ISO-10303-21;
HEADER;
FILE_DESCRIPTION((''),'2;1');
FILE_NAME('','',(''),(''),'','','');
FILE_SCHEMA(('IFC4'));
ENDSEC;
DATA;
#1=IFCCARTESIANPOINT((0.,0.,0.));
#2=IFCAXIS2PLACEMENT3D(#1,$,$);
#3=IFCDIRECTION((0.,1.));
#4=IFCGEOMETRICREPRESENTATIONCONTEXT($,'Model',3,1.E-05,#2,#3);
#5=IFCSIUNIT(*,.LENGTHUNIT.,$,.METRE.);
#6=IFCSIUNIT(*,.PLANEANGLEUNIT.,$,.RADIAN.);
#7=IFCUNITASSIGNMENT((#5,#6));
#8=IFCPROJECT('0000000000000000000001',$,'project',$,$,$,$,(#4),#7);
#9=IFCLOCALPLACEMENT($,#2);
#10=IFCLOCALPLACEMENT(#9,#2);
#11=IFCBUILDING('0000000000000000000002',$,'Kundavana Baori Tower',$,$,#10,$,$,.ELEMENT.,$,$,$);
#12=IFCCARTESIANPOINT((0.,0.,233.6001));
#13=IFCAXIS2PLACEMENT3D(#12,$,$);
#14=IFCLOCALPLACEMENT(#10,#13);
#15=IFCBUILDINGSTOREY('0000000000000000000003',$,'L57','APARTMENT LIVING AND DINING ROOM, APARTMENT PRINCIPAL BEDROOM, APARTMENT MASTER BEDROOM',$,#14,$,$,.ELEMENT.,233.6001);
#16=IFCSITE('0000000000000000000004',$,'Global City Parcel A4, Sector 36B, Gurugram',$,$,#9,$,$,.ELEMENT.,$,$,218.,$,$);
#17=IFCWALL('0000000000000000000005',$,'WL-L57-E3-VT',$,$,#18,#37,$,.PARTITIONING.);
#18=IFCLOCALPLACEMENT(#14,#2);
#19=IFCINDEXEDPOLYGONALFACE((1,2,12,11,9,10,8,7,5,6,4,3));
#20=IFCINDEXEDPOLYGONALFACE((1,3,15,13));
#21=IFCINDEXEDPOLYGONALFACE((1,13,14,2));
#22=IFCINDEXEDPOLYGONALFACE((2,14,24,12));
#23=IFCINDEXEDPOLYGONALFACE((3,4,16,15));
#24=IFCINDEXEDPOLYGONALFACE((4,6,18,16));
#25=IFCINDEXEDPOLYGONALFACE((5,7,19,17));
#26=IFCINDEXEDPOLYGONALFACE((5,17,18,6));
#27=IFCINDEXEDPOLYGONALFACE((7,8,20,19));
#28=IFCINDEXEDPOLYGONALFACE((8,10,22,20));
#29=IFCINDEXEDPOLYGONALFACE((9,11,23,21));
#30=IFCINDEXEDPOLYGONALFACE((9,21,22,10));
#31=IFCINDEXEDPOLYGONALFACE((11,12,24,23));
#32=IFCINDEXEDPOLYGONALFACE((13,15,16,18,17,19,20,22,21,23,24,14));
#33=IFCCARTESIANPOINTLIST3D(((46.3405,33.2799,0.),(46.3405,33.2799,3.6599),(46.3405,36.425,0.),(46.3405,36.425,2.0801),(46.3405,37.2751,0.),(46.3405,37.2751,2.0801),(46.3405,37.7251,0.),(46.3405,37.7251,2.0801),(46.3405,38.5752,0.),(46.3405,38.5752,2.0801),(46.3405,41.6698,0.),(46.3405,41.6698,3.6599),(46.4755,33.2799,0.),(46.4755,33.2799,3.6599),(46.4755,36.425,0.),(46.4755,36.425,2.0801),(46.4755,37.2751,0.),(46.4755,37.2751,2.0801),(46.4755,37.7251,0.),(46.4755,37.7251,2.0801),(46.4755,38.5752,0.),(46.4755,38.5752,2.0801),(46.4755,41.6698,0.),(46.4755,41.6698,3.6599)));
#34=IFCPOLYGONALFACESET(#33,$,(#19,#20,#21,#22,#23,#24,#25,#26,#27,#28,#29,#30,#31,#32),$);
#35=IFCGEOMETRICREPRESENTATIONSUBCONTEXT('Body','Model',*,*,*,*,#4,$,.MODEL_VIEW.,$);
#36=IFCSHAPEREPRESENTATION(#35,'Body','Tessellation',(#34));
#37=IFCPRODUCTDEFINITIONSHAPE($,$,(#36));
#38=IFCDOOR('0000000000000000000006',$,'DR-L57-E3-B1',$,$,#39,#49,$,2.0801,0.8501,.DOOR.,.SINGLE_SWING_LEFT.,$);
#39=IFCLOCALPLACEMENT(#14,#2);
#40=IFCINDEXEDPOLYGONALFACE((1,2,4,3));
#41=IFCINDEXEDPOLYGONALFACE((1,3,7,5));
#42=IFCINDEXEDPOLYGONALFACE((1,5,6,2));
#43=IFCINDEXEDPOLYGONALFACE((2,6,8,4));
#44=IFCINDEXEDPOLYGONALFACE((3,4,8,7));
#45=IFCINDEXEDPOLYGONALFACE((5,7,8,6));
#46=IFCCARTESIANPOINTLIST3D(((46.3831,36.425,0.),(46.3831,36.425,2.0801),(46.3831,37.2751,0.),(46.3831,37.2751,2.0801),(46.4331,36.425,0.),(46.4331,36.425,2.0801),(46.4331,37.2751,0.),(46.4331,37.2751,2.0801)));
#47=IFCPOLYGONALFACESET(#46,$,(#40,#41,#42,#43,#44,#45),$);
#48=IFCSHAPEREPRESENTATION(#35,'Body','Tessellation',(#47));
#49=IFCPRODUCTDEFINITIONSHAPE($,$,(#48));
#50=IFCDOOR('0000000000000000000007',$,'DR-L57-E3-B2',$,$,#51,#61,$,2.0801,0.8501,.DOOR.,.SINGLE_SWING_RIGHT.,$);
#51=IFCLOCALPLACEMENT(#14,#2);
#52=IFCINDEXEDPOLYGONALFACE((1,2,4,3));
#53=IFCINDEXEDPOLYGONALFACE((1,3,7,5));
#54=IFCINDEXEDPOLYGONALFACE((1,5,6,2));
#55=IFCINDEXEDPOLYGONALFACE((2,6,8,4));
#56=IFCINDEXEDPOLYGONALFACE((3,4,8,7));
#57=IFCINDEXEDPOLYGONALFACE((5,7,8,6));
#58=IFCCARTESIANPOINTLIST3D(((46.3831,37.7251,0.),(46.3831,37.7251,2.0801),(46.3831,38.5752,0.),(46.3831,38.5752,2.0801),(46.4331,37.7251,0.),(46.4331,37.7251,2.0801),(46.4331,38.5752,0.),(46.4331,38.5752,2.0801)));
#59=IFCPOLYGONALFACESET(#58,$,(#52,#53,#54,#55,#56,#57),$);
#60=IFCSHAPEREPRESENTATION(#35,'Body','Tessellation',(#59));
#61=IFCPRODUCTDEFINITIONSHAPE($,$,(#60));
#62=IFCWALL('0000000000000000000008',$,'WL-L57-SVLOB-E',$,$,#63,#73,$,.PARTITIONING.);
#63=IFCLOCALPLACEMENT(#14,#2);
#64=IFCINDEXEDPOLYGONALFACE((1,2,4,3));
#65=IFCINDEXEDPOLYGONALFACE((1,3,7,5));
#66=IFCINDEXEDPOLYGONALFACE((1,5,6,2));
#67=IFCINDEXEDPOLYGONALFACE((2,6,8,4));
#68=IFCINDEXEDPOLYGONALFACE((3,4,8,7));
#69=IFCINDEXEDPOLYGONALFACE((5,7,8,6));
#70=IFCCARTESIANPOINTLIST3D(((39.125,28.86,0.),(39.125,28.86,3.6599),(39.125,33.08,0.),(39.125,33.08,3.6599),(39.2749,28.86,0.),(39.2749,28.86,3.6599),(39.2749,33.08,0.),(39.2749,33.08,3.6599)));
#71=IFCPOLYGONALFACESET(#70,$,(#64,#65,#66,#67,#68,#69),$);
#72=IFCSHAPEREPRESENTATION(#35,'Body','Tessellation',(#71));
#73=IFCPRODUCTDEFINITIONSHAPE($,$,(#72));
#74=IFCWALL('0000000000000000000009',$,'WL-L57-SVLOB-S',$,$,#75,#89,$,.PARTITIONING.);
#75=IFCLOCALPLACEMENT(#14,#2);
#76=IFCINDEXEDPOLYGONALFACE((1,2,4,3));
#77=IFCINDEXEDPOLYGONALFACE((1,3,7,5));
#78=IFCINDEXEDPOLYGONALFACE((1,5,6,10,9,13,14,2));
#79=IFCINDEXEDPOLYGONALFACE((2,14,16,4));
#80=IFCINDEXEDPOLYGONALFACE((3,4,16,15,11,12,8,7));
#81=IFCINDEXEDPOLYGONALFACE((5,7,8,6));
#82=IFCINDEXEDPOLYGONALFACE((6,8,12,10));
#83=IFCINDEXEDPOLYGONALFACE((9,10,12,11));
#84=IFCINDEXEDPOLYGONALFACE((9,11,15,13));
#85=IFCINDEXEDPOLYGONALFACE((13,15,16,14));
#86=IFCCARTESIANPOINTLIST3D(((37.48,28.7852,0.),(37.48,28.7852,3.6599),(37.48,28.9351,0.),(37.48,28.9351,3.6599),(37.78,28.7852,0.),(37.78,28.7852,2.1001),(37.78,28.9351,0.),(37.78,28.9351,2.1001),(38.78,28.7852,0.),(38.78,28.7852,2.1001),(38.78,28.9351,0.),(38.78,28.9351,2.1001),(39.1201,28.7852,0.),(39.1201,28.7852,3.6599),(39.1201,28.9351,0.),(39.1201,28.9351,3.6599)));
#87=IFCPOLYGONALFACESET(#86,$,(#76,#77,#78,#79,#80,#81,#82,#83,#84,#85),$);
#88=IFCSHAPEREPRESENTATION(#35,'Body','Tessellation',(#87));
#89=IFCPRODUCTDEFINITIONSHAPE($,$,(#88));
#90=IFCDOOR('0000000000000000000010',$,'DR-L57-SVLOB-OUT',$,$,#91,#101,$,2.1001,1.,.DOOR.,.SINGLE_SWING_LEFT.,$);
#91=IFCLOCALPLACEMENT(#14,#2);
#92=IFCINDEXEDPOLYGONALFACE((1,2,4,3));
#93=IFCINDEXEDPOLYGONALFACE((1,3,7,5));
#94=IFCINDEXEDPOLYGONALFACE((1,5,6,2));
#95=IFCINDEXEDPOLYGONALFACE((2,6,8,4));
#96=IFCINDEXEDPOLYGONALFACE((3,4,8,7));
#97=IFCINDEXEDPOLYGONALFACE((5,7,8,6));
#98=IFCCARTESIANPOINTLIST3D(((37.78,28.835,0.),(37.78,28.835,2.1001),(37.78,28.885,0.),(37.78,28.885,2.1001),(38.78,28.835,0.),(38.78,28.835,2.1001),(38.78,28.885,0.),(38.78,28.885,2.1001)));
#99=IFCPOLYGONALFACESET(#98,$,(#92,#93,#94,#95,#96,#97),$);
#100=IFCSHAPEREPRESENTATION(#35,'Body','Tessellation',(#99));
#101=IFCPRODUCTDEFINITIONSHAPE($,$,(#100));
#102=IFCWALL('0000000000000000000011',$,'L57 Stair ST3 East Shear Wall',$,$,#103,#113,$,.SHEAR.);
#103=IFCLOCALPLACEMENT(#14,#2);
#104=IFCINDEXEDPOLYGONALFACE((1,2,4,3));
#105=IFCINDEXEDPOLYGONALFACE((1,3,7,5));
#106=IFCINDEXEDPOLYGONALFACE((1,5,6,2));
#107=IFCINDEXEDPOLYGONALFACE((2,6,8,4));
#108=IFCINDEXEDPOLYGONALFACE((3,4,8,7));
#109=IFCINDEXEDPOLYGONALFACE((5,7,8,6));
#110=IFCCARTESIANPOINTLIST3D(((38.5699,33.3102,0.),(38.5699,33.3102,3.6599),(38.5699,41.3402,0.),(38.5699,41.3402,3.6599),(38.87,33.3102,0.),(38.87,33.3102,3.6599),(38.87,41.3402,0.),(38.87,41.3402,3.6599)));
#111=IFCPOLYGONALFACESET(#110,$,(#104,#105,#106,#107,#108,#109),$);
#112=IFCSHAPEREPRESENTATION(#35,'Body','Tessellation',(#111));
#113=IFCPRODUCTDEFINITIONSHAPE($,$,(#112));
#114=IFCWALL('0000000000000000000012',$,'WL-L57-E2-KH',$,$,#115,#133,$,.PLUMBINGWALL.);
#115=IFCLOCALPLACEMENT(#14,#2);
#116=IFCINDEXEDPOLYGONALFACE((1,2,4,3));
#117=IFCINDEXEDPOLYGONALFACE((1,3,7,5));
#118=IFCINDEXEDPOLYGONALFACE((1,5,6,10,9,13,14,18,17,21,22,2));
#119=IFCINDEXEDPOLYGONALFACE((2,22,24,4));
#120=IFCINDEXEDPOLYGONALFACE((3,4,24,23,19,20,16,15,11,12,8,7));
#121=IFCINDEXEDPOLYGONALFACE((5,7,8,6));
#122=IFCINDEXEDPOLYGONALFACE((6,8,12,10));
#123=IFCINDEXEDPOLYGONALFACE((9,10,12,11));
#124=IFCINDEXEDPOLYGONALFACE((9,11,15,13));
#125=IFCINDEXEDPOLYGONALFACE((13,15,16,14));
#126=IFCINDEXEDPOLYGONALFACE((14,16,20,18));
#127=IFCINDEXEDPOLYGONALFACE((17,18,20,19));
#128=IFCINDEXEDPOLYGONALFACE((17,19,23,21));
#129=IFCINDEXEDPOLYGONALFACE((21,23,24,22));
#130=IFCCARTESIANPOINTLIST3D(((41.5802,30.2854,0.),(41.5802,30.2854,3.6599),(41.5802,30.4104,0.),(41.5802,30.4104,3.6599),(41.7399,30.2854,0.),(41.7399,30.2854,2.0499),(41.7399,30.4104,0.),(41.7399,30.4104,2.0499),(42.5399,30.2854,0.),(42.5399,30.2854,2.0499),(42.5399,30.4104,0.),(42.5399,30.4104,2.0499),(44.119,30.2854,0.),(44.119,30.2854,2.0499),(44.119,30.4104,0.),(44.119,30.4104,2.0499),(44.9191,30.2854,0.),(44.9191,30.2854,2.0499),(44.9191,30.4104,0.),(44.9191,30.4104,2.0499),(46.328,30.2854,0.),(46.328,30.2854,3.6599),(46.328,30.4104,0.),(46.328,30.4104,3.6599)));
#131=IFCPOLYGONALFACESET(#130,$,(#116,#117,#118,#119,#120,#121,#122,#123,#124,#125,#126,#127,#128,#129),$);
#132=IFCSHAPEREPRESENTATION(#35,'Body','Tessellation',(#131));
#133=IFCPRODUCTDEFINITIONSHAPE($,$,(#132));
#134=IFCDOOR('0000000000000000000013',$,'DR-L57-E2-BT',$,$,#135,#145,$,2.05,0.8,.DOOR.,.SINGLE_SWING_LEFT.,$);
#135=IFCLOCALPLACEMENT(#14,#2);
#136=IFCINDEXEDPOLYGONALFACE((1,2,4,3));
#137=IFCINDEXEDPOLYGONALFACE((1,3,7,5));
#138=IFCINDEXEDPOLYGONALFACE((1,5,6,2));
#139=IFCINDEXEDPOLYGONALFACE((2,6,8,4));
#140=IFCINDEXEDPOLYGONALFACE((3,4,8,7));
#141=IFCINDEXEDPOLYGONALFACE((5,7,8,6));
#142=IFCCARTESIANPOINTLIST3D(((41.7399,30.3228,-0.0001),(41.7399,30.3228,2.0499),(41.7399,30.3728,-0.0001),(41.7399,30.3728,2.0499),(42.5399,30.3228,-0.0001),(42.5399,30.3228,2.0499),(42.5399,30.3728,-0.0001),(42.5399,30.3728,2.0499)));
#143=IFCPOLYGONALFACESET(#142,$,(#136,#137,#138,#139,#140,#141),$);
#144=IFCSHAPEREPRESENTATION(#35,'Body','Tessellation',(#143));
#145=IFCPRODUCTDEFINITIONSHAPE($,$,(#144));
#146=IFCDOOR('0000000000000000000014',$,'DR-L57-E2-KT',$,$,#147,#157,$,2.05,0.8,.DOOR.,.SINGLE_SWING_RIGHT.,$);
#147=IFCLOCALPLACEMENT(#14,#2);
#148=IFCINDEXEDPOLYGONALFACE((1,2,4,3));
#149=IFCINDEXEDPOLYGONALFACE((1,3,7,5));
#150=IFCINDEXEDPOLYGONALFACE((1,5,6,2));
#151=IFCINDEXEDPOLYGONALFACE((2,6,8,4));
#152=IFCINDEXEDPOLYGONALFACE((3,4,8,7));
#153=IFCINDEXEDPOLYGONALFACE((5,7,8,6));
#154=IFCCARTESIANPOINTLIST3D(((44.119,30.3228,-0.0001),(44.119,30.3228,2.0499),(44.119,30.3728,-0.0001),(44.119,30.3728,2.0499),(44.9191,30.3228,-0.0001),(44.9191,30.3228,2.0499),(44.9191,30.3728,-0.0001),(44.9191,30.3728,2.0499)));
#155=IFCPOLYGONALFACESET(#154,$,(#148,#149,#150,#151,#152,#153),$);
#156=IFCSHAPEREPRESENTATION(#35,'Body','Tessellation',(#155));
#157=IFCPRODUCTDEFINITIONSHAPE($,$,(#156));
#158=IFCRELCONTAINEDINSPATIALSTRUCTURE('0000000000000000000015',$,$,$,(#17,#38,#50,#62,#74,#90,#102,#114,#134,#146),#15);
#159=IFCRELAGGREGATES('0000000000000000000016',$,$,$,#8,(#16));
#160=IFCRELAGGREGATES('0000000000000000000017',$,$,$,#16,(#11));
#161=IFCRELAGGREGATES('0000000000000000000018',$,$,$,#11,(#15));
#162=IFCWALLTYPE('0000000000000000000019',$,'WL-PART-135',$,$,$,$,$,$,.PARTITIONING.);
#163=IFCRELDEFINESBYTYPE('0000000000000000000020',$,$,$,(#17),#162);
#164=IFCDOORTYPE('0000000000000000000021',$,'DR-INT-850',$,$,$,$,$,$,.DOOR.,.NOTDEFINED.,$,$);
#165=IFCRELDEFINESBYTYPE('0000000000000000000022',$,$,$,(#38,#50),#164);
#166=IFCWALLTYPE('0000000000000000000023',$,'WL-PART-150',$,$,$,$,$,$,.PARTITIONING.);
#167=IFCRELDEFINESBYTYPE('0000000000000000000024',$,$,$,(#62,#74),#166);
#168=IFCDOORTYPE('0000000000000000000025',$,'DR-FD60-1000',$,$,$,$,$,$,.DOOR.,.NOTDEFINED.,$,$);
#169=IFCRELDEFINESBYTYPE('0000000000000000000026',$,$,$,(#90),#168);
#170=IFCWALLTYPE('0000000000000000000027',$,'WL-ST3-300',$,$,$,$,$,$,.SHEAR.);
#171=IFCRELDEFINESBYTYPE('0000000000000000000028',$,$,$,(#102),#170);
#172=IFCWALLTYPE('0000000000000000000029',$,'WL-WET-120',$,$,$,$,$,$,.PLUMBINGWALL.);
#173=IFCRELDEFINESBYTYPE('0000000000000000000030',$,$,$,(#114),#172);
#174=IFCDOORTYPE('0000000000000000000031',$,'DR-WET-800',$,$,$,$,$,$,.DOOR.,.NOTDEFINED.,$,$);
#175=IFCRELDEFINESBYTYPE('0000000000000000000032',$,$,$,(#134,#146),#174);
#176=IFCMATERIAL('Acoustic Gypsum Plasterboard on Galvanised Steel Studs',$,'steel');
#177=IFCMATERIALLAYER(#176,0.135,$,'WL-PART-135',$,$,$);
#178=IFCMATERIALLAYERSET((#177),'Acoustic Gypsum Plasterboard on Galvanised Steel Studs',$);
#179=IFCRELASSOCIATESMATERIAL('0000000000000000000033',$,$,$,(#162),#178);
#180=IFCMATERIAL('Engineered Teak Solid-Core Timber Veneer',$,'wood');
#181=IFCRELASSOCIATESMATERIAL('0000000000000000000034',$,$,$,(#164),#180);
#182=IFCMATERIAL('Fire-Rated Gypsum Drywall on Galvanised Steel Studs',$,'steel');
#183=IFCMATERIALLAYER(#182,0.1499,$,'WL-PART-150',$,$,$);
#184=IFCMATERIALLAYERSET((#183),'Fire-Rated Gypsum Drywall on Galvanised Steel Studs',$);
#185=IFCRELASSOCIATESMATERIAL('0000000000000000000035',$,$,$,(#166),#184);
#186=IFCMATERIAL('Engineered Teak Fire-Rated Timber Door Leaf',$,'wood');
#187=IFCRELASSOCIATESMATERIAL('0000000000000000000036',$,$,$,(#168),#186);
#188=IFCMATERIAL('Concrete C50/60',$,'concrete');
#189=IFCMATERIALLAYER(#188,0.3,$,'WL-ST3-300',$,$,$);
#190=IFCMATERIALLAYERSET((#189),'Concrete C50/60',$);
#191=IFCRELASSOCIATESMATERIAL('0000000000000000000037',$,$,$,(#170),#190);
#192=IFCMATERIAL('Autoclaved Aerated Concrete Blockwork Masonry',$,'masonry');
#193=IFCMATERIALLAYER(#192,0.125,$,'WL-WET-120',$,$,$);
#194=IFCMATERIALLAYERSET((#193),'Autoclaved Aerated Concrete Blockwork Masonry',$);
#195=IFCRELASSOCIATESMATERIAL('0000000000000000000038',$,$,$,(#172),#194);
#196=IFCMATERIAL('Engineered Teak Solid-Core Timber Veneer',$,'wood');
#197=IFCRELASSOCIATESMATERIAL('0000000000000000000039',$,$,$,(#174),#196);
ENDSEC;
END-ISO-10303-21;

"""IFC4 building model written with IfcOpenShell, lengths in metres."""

from ifc_helpers import new_model, si_unit, direction, frame, frame_2d, origin, place, context, subcontext, project, spatial, rectangle, extrude, material, layer, layer_set, type_object, element, fill, save


model = new_model("IFC4")

# Units and contexts
model_context = context("Model", 3, precision=1e-05, world=origin(), true_north=direction((0.0, 1.0)))
body_context = subcontext(model_context, "Body", "Model", "MODEL_VIEW")
ifc_project = project(units=[si_unit("LENGTHUNIT", "METRE"), si_unit("PLANEANGLEUNIT", "RADIAN")], contexts=[model_context])

# Site, building, storey
site_placement = place(None, origin())
site = spatial("IfcSite", under=ifc_project, at=site_placement, Name="Global City Parcel A4, Sector 36B, Gurugram", CompositionType="ELEMENT", RefElevation=218.0)
building_placement = place(site_placement, origin())
building = spatial("IfcBuilding", under=site, at=building_placement, Name="Kundavana Baori Tower", CompositionType="ELEMENT")
storey_placement = place(building_placement, frame((0.0, 0.0, 233.6001)))
storey = spatial("IfcBuildingStorey", under=building, at=storey_placement, Name="L57", Description="APARTMENT LIVING AND DINING ROOM, APARTMENT PRINCIPAL BEDROOM, APARTMENT MASTER BEDROOM", CompositionType="ELEMENT", Elevation=233.6001)

# Shared definitions
ifc_material_1 = material(Name="Acoustic Gypsum Plasterboard on Galvanised Steel Studs", Category="steel")
ifc_layer_1 = layer(ifc_material_1, 0.135, Name="WL-PART-135")
ifc_layer_set_1 = layer_set([ifc_layer_1], Name="Acoustic Gypsum Plasterboard on Galvanised Steel Studs")
wall_type_1 = type_object("IfcWallType", Name="WL-PART-135", PredefinedType="PARTITIONING", material=ifc_layer_set_1)

# Wall, openings, doors
wall_1_placement = place(storey_placement, frame((46.408, 33.28, 0.0), z_axis=(0.0, 0.0, 1.0), x_axis=(0.0, 1.0, 0.0)))
wall_1 = element("IfcWall", 1, at=wall_1_placement, inside=storey, type_object=wall_type_1, Name="WL-L57-E3-VT", PredefinedType="PARTITIONING", context=body_context, shape_type="SweptSolid", body=[
    extrude(rectangle(XDim=8.3899, YDim=0.135, at=frame_2d((4.1948, 0.0))), origin(), (0.0, 0.0, 1.0), 3.6599),
])
opening_1_placement = place(wall_1_placement, frame((3.145, 0.0, 0.0)))
opening_1 = element("IfcOpeningElement", 2, at=opening_1_placement, cuts=wall_1, PredefinedType="OPENING", context=body_context, shape_type="SweptSolid", body=[
    extrude(rectangle(XDim=0.8501, YDim=2.0801, at=frame_2d((0.425, 1.04))), frame((0.0, 0.0776, 0.0), z_axis=(0.0, -1.0, 0.0), x_axis=(1.0, 0.0, 0.0)), (0.0, 0.0, 1.0), 0.155),
])
opening_2_placement = place(wall_1_placement, frame((4.4451, 0.0, 0.0)))
opening_2 = element("IfcOpeningElement", 3, at=opening_2_placement, cuts=wall_1, PredefinedType="OPENING", context=body_context, shape_type="SweptSolid", body=[
    extrude(rectangle(XDim=0.8501, YDim=2.0801, at=frame_2d((0.425, 1.04))), frame((0.0, 0.0776, 0.0), z_axis=(0.0, -1.0, 0.0), x_axis=(1.0, 0.0, 0.0)), (0.0, 0.0, 1.0), 0.155),
])
ifc_material_2 = material(Name="Engineered Teak Solid-Core Timber Veneer", Category="wood")
door_type_1 = type_object("IfcDoorType", Name="DR-INT-850", OperationType="NOTDEFINED", PredefinedType="DOOR", material=ifc_material_2)
door_1_placement = place(opening_1_placement, origin())
door_1 = element("IfcDoor", 4, at=door_1_placement, inside=storey, type_object=door_type_1, Name="DR-L57-E3-B1", OperationType="SINGLE_SWING_LEFT", OverallHeight=2.0801, OverallWidth=0.8501, PredefinedType="DOOR", context=body_context, shape_type="SweptSolid", body=[
    extrude(rectangle(XDim=0.8501, YDim=2.0801, at=frame_2d((0.425, 1.04))), frame((0.0, 0.0249, 0.0), z_axis=(0.0, -1.0, 0.0), x_axis=(1.0, 0.0, 0.0)), (0.0, 0.0, 1.0), 0.05),
])
fill(opening_1, door_1)
door_2_placement = place(opening_2_placement, origin())
door_2 = element("IfcDoor", 5, at=door_2_placement, inside=storey, type_object=door_type_1, Name="DR-L57-E3-B2", OperationType="SINGLE_SWING_RIGHT", OverallHeight=2.0801, OverallWidth=0.8501, PredefinedType="DOOR", context=body_context, shape_type="SweptSolid", body=[
    extrude(rectangle(XDim=0.8501, YDim=2.0801, at=frame_2d((0.425, 1.04))), frame((0.0, 0.0249, 0.0), z_axis=(0.0, -1.0, 0.0), x_axis=(1.0, 0.0, 0.0)), (0.0, 0.0, 1.0), 0.05),
])
fill(opening_2, door_2)

# Wall
ifc_material_3 = material(Name="Fire-Rated Gypsum Drywall on Galvanised Steel Studs", Category="steel")
ifc_layer_2 = layer(ifc_material_3, 0.1499, Name="WL-PART-150")
ifc_layer_set_2 = layer_set([ifc_layer_2], Name="Fire-Rated Gypsum Drywall on Galvanised Steel Studs")
wall_type_2 = type_object("IfcWallType", Name="WL-PART-150", PredefinedType="PARTITIONING", material=ifc_layer_set_2)
wall_2_placement = place(storey_placement, frame((39.2, 28.8601, 0.0), z_axis=(0.0, 0.0, 1.0), x_axis=(0.0, 1.0, 0.0)))
element("IfcWall", 6, at=wall_2_placement, inside=storey, type_object=wall_type_2, Name="WL-L57-SVLOB-E", PredefinedType="PARTITIONING", context=body_context, shape_type="SweptSolid", body=[
    extrude(rectangle(XDim=4.22, YDim=0.1499, at=frame_2d((2.1099, 0.0))), origin(), (0.0, 0.0, 1.0), 3.6599),
])

# Wall, opening, door
wall_3_placement = place(storey_placement, frame((37.48, 28.8601, 0.0), z_axis=(0.0, 0.0, 1.0), x_axis=(1.0, 0.0, 0.0)))
wall_3 = element("IfcWall", 7, at=wall_3_placement, inside=storey, type_object=wall_type_2, Name="WL-L57-SVLOB-S", PredefinedType="PARTITIONING", context=body_context, shape_type="SweptSolid", body=[
    extrude(rectangle(XDim=1.6401, YDim=0.1499, at=frame_2d((0.8201, 0.0))), origin(), (0.0, 0.0, 1.0), 3.6599),
])
opening_3_placement = place(wall_3_placement, frame((0.3, 0.0, 0.0)))
opening_3 = element("IfcOpeningElement", 8, at=opening_3_placement, cuts=wall_3, PredefinedType="OPENING", context=body_context, shape_type="SweptSolid", body=[
    extrude(rectangle(XDim=1.0, YDim=2.1001, at=frame_2d((0.5, 1.05))), frame((0.0, 0.085, 0.0), z_axis=(0.0, -1.0, 0.0), x_axis=(1.0, 0.0, 0.0)), (0.0, 0.0, 1.0), 0.1699),
])
ifc_material_4 = material(Name="Engineered Teak Fire-Rated Timber Door Leaf", Category="wood")
door_type_2 = type_object("IfcDoorType", Name="DR-FD60-1000", OperationType="NOTDEFINED", PredefinedType="DOOR", material=ifc_material_4)
door_3_placement = place(opening_3_placement, origin())
door_3 = element("IfcDoor", 9, at=door_3_placement, inside=storey, type_object=door_type_2, Name="DR-L57-SVLOB-OUT", OperationType="SINGLE_SWING_LEFT", OverallHeight=2.1001, OverallWidth=1.0, PredefinedType="DOOR", context=body_context, shape_type="SweptSolid", body=[
    extrude(rectangle(XDim=1.0, YDim=2.1001, at=frame_2d((0.5, 1.05))), frame((0.0, 0.0249, 0.0), z_axis=(0.0, -1.0, 0.0), x_axis=(1.0, 0.0, 0.0)), (0.0, 0.0, 1.0), 0.05),
])
fill(opening_3, door_3)

# Wall
ifc_material_5 = material(Name="Concrete C50/60", Category="concrete")
ifc_layer_3 = layer(ifc_material_5, 0.3, Name="WL-ST3-300")
ifc_layer_set_3 = layer_set([ifc_layer_3], Name="Concrete C50/60")
wall_type_3 = type_object("IfcWallType", Name="WL-ST3-300", PredefinedType="SHEAR", material=ifc_layer_set_3)
wall_4_placement = place(storey_placement, frame((38.72, 33.3101, 0.0), z_axis=(0.0, 0.0, 1.0), x_axis=(0.0, 1.0, 0.0)))
element("IfcWall", 10, at=wall_4_placement, inside=storey, type_object=wall_type_3, Name="L57 Stair ST3 East Shear Wall", PredefinedType="SHEAR", context=body_context, shape_type="SweptSolid", body=[
    extrude(rectangle(XDim=8.03, YDim=0.3, at=frame_2d((4.0151, 0.0))), origin(), (0.0, 0.0, 1.0), 3.6599),
])

# Wall, openings, doors
ifc_material_6 = material(Name="Autoclaved Aerated Concrete Blockwork Masonry", Category="masonry")
ifc_layer_4 = layer(ifc_material_6, 0.125, Name="WL-WET-120")
ifc_layer_set_4 = layer_set([ifc_layer_4], Name="Autoclaved Aerated Concrete Blockwork Masonry")
wall_type_4 = type_object("IfcWallType", Name="WL-WET-120", PredefinedType="PLUMBINGWALL", material=ifc_layer_set_4)
wall_5_placement = place(storey_placement, frame((41.5801, 30.3479, 0.0), z_axis=(0.0, 0.0, 1.0), x_axis=(1.0, 0.0, 0.0)))
wall_5 = element("IfcWall", 11, at=wall_5_placement, inside=storey, type_object=wall_type_4, Name="WL-L57-E2-KH", PredefinedType="PLUMBINGWALL", context=body_context, shape_type="SweptSolid", body=[
    extrude(rectangle(XDim=4.7478, YDim=0.125, at=frame_2d((2.374, 0.0))), origin(), (0.0, 0.0, 1.0), 3.6599),
])
opening_4_placement = place(wall_5_placement, frame((0.1599, 0.0, 0.0)))
opening_4 = element("IfcOpeningElement", 12, at=opening_4_placement, cuts=wall_5, PredefinedType="OPENING", context=body_context, shape_type="SweptSolid", body=[
    extrude(rectangle(XDim=0.8, YDim=2.05, at=frame_2d((0.3999, 1.0249))), frame((0.0, 0.0725, 0.0), z_axis=(0.0, -1.0, 0.0), x_axis=(1.0, 0.0, 0.0)), (0.0, 0.0, 1.0), 0.145),
])
opening_5_placement = place(wall_5_placement, frame((2.5391, 0.0, 0.0)))
opening_5 = element("IfcOpeningElement", 13, at=opening_5_placement, cuts=wall_5, PredefinedType="OPENING", context=body_context, shape_type="SweptSolid", body=[
    extrude(rectangle(XDim=0.8, YDim=2.05, at=frame_2d((0.3999, 1.0249))), frame((0.0, 0.0725, 0.0), z_axis=(0.0, -1.0, 0.0), x_axis=(1.0, 0.0, 0.0)), (0.0, 0.0, 1.0), 0.145),
])
ifc_material_7 = material(Name="Engineered Teak Solid-Core Timber Veneer", Category="wood")
door_type_3 = type_object("IfcDoorType", Name="DR-WET-800", OperationType="NOTDEFINED", PredefinedType="DOOR", material=ifc_material_7)
door_4_placement = place(opening_4_placement, origin())
door_4 = element("IfcDoor", 14, at=door_4_placement, inside=storey, type_object=door_type_3, Name="DR-L57-E2-BT", OperationType="SINGLE_SWING_LEFT", OverallHeight=2.05, OverallWidth=0.8, PredefinedType="DOOR", context=body_context, shape_type="SweptSolid", body=[
    extrude(rectangle(XDim=0.8, YDim=2.05, at=frame_2d((0.3999, 1.0249))), frame((0.0, 0.0249, 0.0), z_axis=(0.0, -1.0, 0.0), x_axis=(1.0, 0.0, 0.0)), (0.0, 0.0, 1.0), 0.05),
])
fill(opening_4, door_4)
door_5_placement = place(opening_5_placement, origin())
door_5 = element("IfcDoor", 15, at=door_5_placement, inside=storey, type_object=door_type_3, Name="DR-L57-E2-KT", OperationType="SINGLE_SWING_RIGHT", OverallHeight=2.05, OverallWidth=0.8, PredefinedType="DOOR", context=body_context, shape_type="SweptSolid", body=[
    extrude(rectangle(XDim=0.8, YDim=2.05, at=frame_2d((0.3999, 1.0249))), frame((0.0, 0.0249, 0.0), z_axis=(0.0, -1.0, 0.0), x_axis=(1.0, 0.0, 0.0)), (0.0, 0.0, 1.0), 0.05),
])
fill(opening_5, door_5)

save(model, "model.ifc")
